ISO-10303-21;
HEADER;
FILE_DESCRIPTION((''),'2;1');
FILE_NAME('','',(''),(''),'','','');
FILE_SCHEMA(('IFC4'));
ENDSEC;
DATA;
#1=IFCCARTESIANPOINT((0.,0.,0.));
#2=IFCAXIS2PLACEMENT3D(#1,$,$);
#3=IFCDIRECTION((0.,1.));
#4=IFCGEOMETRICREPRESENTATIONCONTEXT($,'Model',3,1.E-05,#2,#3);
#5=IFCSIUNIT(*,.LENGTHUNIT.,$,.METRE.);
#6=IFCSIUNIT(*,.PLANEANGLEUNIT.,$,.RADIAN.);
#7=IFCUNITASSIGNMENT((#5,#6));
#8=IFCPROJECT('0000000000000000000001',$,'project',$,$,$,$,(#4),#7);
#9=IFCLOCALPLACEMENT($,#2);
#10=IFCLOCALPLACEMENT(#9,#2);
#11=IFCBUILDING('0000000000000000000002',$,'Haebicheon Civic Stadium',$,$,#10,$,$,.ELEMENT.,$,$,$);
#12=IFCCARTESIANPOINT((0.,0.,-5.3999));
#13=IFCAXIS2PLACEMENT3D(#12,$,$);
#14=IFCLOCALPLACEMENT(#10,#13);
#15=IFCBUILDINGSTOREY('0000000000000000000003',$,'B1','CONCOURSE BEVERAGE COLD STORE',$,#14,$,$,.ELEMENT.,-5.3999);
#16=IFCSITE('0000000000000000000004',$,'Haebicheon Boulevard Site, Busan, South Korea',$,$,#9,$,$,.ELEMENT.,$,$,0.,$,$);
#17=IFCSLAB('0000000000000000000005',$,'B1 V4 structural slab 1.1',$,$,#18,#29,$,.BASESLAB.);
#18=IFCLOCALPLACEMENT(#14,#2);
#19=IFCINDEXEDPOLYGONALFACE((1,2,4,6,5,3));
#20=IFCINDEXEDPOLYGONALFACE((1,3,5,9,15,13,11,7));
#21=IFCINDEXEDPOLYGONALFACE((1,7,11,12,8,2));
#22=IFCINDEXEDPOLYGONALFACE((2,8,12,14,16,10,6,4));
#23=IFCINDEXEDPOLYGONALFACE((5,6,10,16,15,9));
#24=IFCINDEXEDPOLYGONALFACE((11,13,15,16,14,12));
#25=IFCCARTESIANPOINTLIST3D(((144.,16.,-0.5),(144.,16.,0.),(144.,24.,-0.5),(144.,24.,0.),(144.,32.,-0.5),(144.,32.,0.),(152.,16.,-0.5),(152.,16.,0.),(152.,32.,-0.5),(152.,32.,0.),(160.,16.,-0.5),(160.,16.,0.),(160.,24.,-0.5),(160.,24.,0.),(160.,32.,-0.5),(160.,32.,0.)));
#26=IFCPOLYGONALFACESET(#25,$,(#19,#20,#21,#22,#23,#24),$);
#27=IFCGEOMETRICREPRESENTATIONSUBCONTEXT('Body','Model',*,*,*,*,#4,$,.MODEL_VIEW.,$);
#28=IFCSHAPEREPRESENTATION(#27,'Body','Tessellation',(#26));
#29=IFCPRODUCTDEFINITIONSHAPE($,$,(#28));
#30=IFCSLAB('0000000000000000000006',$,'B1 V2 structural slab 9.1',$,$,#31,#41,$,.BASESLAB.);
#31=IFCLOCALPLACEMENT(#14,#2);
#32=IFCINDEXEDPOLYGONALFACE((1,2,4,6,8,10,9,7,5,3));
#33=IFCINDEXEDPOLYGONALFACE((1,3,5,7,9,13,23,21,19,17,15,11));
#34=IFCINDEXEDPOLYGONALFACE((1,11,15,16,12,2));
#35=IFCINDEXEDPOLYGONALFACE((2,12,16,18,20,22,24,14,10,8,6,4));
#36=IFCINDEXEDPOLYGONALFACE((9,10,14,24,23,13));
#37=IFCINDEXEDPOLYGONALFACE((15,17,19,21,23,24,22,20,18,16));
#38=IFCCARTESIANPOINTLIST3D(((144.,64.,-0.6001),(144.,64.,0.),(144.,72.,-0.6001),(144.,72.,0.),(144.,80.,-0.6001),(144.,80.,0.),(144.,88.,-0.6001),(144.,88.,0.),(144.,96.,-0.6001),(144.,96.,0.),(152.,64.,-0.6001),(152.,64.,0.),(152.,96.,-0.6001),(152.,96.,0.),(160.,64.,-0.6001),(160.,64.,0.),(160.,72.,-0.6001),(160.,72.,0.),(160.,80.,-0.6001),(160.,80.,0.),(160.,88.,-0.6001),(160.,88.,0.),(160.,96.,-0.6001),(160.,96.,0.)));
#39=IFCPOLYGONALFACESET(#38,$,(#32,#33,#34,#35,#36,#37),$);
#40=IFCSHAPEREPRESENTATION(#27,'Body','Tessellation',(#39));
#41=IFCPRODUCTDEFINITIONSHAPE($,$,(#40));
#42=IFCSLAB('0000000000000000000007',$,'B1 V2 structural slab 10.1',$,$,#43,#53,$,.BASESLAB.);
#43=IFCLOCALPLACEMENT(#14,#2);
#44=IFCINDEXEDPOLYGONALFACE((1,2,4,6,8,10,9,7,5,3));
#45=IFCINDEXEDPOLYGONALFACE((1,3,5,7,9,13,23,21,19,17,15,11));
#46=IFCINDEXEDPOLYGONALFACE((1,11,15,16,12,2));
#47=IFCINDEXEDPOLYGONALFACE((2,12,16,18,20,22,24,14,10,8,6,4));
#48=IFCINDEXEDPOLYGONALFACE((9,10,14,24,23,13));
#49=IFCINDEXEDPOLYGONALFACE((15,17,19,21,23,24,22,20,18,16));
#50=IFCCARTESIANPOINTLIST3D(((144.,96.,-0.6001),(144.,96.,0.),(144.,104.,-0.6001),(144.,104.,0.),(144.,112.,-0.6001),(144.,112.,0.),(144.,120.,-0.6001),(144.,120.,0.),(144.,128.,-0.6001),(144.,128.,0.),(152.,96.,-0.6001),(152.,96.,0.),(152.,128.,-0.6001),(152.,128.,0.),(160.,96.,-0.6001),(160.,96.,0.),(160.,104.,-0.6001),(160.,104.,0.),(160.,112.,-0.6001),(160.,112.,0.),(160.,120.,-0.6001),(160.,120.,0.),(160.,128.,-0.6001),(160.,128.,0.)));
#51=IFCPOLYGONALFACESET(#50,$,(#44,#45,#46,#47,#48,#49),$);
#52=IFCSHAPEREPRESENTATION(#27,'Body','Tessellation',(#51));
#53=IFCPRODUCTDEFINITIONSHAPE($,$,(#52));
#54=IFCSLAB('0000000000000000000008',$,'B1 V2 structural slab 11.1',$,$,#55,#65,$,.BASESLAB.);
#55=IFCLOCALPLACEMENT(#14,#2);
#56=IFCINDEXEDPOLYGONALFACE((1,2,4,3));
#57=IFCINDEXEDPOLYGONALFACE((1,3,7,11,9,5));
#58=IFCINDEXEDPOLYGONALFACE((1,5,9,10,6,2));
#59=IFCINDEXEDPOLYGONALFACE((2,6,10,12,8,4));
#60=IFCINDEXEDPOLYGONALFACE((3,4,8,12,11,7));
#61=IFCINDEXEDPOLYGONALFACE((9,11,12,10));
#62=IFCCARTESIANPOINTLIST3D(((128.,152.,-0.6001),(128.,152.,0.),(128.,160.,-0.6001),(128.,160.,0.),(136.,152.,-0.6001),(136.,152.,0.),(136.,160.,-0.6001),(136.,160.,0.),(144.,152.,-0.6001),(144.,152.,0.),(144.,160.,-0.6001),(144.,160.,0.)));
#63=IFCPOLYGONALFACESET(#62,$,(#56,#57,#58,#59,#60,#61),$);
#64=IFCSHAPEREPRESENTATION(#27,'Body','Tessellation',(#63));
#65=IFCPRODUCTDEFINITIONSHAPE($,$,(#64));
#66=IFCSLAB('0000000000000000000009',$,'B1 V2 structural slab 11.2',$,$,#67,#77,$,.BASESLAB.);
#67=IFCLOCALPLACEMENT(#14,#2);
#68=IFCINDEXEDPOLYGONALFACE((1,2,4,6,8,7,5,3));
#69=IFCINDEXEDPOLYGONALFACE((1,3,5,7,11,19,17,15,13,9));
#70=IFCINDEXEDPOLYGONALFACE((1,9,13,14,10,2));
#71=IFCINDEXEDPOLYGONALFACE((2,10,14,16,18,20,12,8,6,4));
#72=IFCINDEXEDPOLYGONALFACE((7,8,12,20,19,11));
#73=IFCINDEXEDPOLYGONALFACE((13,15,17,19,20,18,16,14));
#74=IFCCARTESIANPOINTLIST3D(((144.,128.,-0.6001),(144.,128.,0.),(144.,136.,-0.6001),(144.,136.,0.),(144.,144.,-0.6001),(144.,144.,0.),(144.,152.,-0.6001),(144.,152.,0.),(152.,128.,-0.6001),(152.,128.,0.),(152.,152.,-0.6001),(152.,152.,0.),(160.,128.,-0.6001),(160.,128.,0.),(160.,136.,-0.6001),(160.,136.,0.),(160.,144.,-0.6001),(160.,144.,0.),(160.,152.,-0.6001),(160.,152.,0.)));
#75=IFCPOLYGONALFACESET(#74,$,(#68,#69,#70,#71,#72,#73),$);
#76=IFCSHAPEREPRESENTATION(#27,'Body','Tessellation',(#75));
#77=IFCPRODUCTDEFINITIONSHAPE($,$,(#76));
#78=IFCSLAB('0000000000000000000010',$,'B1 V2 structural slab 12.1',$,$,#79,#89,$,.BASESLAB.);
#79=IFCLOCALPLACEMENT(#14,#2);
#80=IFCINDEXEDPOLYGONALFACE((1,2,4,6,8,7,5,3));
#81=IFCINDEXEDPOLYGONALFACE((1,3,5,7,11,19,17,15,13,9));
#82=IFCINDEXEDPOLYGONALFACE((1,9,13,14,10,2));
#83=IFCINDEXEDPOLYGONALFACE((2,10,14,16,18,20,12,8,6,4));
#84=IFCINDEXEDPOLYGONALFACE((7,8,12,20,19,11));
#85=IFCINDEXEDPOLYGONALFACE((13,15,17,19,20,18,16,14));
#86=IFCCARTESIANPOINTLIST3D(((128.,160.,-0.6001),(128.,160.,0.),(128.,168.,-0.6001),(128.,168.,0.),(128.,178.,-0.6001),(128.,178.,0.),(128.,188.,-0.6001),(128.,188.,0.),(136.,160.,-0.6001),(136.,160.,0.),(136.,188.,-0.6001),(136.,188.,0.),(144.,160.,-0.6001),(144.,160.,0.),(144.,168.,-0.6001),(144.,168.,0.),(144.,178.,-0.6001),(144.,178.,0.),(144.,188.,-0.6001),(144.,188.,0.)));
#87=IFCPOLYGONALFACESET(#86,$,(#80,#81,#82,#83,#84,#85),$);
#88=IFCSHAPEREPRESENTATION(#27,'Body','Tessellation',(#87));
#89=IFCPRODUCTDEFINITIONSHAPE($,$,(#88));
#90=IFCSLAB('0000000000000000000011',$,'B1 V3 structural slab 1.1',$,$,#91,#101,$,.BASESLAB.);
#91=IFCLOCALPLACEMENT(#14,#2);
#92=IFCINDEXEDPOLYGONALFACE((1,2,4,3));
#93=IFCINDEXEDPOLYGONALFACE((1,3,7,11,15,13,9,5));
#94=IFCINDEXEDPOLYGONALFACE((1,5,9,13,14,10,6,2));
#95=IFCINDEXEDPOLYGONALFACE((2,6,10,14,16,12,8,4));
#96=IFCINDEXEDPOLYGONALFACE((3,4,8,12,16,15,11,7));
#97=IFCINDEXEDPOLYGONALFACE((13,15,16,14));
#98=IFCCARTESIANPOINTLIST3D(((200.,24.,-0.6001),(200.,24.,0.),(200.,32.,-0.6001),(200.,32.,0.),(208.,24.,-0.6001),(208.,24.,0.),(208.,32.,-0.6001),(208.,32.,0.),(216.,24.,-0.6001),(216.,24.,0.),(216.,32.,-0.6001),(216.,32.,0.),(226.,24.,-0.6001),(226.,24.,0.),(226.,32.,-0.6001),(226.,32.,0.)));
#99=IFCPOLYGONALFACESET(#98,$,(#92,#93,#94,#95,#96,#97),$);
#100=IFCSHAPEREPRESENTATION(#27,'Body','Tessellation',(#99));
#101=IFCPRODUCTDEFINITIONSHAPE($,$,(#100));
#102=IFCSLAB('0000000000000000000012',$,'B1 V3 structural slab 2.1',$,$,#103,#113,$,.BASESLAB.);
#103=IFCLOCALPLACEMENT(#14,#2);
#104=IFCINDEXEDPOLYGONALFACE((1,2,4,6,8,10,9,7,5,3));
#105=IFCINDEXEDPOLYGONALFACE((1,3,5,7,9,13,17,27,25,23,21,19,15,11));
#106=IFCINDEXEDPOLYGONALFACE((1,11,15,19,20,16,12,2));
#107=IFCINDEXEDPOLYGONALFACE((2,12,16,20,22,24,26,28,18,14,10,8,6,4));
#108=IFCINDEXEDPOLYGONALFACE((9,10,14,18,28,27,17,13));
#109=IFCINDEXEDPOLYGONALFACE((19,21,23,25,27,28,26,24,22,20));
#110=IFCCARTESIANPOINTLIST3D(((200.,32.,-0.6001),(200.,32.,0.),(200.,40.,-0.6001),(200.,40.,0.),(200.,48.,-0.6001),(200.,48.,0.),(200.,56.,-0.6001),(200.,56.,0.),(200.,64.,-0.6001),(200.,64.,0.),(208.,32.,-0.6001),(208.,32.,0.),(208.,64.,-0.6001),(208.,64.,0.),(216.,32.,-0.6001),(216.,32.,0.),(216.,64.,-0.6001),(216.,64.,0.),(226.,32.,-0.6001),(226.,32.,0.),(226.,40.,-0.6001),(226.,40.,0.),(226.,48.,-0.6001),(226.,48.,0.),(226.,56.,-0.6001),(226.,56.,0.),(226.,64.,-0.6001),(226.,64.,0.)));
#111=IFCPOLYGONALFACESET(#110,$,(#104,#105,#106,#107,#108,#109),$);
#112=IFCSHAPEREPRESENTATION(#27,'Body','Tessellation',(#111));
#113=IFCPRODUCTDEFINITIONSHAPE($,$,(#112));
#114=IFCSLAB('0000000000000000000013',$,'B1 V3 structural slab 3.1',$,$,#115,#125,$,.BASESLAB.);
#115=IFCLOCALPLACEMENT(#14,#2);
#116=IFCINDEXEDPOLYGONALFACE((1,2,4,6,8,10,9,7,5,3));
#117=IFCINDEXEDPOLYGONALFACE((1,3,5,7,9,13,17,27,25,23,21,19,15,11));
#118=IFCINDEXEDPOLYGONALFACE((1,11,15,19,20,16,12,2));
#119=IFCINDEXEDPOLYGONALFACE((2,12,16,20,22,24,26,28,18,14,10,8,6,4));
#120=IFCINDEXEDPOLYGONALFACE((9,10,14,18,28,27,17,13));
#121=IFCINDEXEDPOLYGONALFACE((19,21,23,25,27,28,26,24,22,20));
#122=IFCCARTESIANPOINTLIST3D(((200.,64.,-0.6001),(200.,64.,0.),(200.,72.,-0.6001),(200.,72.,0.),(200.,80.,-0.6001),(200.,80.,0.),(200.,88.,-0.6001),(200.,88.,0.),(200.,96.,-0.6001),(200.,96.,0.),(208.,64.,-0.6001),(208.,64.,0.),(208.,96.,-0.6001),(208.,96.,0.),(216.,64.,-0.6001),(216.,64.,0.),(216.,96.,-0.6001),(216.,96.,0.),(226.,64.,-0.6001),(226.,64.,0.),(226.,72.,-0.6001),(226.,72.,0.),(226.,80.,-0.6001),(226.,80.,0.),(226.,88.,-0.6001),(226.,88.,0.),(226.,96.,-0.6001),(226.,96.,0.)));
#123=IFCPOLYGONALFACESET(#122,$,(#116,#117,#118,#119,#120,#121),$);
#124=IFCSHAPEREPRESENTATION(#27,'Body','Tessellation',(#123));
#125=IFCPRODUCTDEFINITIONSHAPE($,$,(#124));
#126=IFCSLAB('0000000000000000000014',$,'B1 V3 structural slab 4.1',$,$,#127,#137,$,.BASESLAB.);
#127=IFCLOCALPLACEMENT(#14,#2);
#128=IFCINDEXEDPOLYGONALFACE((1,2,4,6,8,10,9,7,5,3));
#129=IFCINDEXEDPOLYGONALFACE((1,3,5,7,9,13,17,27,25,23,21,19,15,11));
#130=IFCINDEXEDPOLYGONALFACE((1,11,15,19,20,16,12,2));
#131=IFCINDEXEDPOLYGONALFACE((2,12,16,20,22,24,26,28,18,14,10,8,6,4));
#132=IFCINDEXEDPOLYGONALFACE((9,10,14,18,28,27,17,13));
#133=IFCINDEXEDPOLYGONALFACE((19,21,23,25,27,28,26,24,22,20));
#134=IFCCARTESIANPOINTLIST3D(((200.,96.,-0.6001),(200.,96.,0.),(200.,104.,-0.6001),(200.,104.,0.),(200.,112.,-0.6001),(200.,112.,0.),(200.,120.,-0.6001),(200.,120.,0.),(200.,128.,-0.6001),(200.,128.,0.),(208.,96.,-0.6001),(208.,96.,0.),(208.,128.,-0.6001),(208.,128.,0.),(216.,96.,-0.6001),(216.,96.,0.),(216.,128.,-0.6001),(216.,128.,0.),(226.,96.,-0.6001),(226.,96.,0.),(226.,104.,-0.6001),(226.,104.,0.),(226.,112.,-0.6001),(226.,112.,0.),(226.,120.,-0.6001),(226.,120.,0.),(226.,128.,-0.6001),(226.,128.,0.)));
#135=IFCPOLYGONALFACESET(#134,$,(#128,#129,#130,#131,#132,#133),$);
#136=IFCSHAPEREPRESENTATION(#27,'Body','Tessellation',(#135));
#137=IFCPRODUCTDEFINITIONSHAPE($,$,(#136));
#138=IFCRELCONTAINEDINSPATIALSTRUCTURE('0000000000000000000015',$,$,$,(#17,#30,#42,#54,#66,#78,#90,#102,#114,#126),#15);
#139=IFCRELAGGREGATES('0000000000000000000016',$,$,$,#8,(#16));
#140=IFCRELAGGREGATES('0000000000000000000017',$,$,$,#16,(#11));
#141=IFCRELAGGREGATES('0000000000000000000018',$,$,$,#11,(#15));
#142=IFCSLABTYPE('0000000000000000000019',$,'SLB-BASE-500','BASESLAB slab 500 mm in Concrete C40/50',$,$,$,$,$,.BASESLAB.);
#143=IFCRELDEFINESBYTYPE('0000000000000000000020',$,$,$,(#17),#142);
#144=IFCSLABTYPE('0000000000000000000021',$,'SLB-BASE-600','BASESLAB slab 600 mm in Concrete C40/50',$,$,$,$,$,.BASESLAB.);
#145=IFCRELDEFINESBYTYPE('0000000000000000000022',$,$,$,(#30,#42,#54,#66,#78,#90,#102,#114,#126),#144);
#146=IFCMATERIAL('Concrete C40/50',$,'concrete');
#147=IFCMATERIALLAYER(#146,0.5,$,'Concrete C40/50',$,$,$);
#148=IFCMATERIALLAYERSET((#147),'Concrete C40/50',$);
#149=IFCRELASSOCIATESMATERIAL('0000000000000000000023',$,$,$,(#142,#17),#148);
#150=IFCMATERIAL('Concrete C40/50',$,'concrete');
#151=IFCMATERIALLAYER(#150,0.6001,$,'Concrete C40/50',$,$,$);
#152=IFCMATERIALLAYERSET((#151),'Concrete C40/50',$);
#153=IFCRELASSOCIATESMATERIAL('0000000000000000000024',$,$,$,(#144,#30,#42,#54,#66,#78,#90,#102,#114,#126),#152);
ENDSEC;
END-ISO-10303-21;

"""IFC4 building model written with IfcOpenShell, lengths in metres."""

from ifc_helpers import new_model, si_unit, direction, frame, origin, place, context, subcontext, project, spatial, polyline, outline, extrude, material, layer, layer_set, type_object, element, save


model = new_model("IFC4")

# Units and contexts
model_context = context("Model", 3, precision=1e-05, world=origin(), true_north=direction((0.0, 1.0)))
body_context = subcontext(model_context, "Body", "Model", "MODEL_VIEW")
ifc_project = project(units=[si_unit("LENGTHUNIT", "METRE"), si_unit("PLANEANGLEUNIT", "RADIAN")], contexts=[model_context])

# Site, building, storey
site_placement = place(None, origin())
site = spatial("IfcSite", under=ifc_project, at=site_placement, Name="Haebicheon Boulevard Site, Busan, South Korea", CompositionType="ELEMENT", RefElevation=0.0)
building_placement = place(site_placement, origin())
building = spatial("IfcBuilding", under=site, at=building_placement, Name="Haebicheon Civic Stadium", CompositionType="ELEMENT")
storey_placement = place(building_placement, frame((0.0, 0.0, -5.3999)))
storey = spatial("IfcBuildingStorey", under=building, at=storey_placement, Name="B1", Description="CONCOURSE BEVERAGE COLD STORE", CompositionType="ELEMENT", Elevation=-5.3999)

# Slabs
ifc_material_1 = material(Name="Concrete C40/50", Category="concrete")
ifc_layer_1 = layer(ifc_material_1, 0.5, Name="Concrete C40/50")
ifc_layer_set_1 = layer_set([ifc_layer_1], Name="Concrete C40/50")
slab_type_1 = type_object("IfcSlabType", Name="SLB-BASE-500", Description="BASESLAB slab 500 mm in Concrete C40/50", PredefinedType="BASESLAB", material=ifc_layer_set_1)
slab_1_placement = place(storey_placement, frame((0.0, 0.0, -0.5)))
element("IfcSlab", 1, at=slab_1_placement, inside=storey, type_object=slab_type_1, material=ifc_layer_set_1, Name="B1 V4 structural slab 1.1", PredefinedType="BASESLAB", context=body_context, shape_type="SweptSolid", body=[
    extrude(outline(polyline([(144.0, 24.0), (144.0, 32.0), (152.0, 32.0), (160.0, 32.0), (160.0, 24.0), (160.0, 16.0), (152.0, 16.0), (144.0, 16.0), (144.0, 24.0)])), origin(), (0.0, 0.0, 1.0), 0.5),
])
ifc_material_2 = material(Name="Concrete C40/50", Category="concrete")
ifc_layer_2 = layer(ifc_material_2, 0.6001, Name="Concrete C40/50")
ifc_layer_set_2 = layer_set([ifc_layer_2], Name="Concrete C40/50")
slab_type_2 = type_object("IfcSlabType", Name="SLB-BASE-600", Description="BASESLAB slab 600 mm in Concrete C40/50", PredefinedType="BASESLAB", material=ifc_layer_set_2)
slab_2_placement = place(storey_placement, frame((0.0, 0.0, -0.6001)))
element("IfcSlab", 2, at=slab_2_placement, inside=storey, type_object=slab_type_2, material=ifc_layer_set_2, Name="B1 V2 structural slab 9.1", PredefinedType="BASESLAB", context=body_context, shape_type="SweptSolid", body=[
    extrude(outline(polyline([(144.0, 80.0), (144.0, 88.0), (144.0, 96.0), (152.0, 96.0), (160.0, 96.0), (160.0, 88.0), (160.0, 80.0), (160.0, 72.0), (160.0, 64.0), (152.0, 64.0), (144.0, 64.0), (144.0, 72.0), (144.0, 80.0)])), origin(), (0.0, 0.0, 1.0), 0.6001),
])
slab_3_placement = place(storey_placement, frame((0.0, 0.0, -0.6001)))
element("IfcSlab", 3, at=slab_3_placement, inside=storey, type_object=slab_type_2, material=ifc_layer_set_2, Name="B1 V2 structural slab 10.1", PredefinedType="BASESLAB", context=body_context, shape_type="SweptSolid", body=[
    extrude(outline(polyline([(144.0, 112.0), (144.0, 120.0), (144.0, 128.0), (152.0, 128.0), (160.0, 128.0), (160.0, 120.0), (160.0, 112.0), (160.0, 104.0), (160.0, 96.0), (152.0, 96.0), (144.0, 96.0), (144.0, 104.0), (144.0, 112.0)])), origin(), (0.0, 0.0, 1.0), 0.6001),
])
slab_4_placement = place(storey_placement, frame((0.0, 0.0, -0.6001)))
element("IfcSlab", 4, at=slab_4_placement, inside=storey, type_object=slab_type_2, material=ifc_layer_set_2, Name="B1 V2 structural slab 11.1", PredefinedType="BASESLAB", context=body_context, shape_type="SweptSolid", body=[
    extrude(outline(polyline([(136.0, 160.0), (144.0, 160.0), (144.0, 152.0), (136.0, 152.0), (128.0, 152.0), (128.0, 160.0), (136.0, 160.0)])), origin(), (0.0, 0.0, 1.0), 0.6001),
])
slab_5_placement = place(storey_placement, frame((0.0, 0.0, -0.6001)))
element("IfcSlab", 5, at=slab_5_placement, inside=storey, type_object=slab_type_2, material=ifc_layer_set_2, Name="B1 V2 structural slab 11.2", PredefinedType="BASESLAB", context=body_context, shape_type="SweptSolid", body=[
    extrude(outline(polyline([(144.0, 152.0), (152.0, 152.0), (160.0, 152.0), (160.0, 144.0), (160.0, 136.0), (160.0, 128.0), (152.0, 128.0), (144.0, 128.0), (144.0, 136.0), (144.0, 144.0), (144.0, 152.0)])), origin(), (0.0, 0.0, 1.0), 0.6001),
])
slab_6_placement = place(storey_placement, frame((0.0, 0.0, -0.6001)))
element("IfcSlab", 6, at=slab_6_placement, inside=storey, type_object=slab_type_2, material=ifc_layer_set_2, Name="B1 V2 structural slab 12.1", PredefinedType="BASESLAB", context=body_context, shape_type="SweptSolid", body=[
    extrude(outline(polyline([(128.0, 168.0), (128.0, 178.0), (128.0, 188.0), (136.0, 188.0), (144.0, 188.0), (144.0, 178.0), (144.0, 168.0), (144.0, 160.0), (136.0, 160.0), (128.0, 160.0), (128.0, 168.0)])), origin(), (0.0, 0.0, 1.0), 0.6001),
])
slab_7_placement = place(storey_placement, frame((0.0, 0.0, -0.6001)))
element("IfcSlab", 7, at=slab_7_placement, inside=storey, type_object=slab_type_2, material=ifc_layer_set_2, Name="B1 V3 structural slab 1.1", PredefinedType="BASESLAB", context=body_context, shape_type="SweptSolid", body=[
    extrude(outline(polyline([(200.0, 24.0), (200.0, 32.0), (208.0, 32.0), (216.0, 32.0), (226.0, 32.0), (226.0, 24.0), (216.0, 24.0), (208.0, 24.0), (200.0, 24.0)])), origin(), (0.0, 0.0, 1.0), 0.6001),
])
slab_8_placement = place(storey_placement, frame((0.0, 0.0, -0.6001)))
element("IfcSlab", 8, at=slab_8_placement, inside=storey, type_object=slab_type_2, material=ifc_layer_set_2, Name="B1 V3 structural slab 2.1", PredefinedType="BASESLAB", context=body_context, shape_type="SweptSolid", body=[
    extrude(outline(polyline([(200.0, 48.0), (200.0, 56.0), (200.0, 64.0), (208.0, 64.0), (216.0, 64.0), (226.0, 64.0), (226.0, 56.0), (226.0, 48.0), (226.0, 40.0), (226.0, 32.0), (216.0, 32.0), (208.0, 32.0), (200.0, 32.0), (200.0, 40.0), (200.0, 48.0)])), origin(), (0.0, 0.0, 1.0), 0.6001),
])
slab_9_placement = place(storey_placement, frame((0.0, 0.0, -0.6001)))
element("IfcSlab", 9, at=slab_9_placement, inside=storey, type_object=slab_type_2, material=ifc_layer_set_2, Name="B1 V3 structural slab 3.1", PredefinedType="BASESLAB", context=body_context, shape_type="SweptSolid", body=[
    extrude(outline(polyline([(200.0, 80.0), (200.0, 88.0), (200.0, 96.0), (208.0, 96.0), (216.0, 96.0), (226.0, 96.0), (226.0, 88.0), (226.0, 80.0), (226.0, 72.0), (226.0, 64.0), (216.0, 64.0), (208.0, 64.0), (200.0, 64.0), (200.0, 72.0), (200.0, 80.0)])), origin(), (0.0, 0.0, 1.0), 0.6001),
])
slab_10_placement = place(storey_placement, frame((0.0, 0.0, -0.6001)))
element("IfcSlab", 10, at=slab_10_placement, inside=storey, type_object=slab_type_2, material=ifc_layer_set_2, Name="B1 V3 structural slab 4.1", PredefinedType="BASESLAB", context=body_context, shape_type="SweptSolid", body=[
    extrude(outline(polyline([(200.0, 112.0), (200.0, 120.0), (200.0, 128.0), (208.0, 128.0), (216.0, 128.0), (226.0, 128.0), (226.0, 120.0), (226.0, 112.0), (226.0, 104.0), (226.0, 96.0), (216.0, 96.0), (208.0, 96.0), (200.0, 96.0), (200.0, 104.0), (200.0, 112.0)])), origin(), (0.0, 0.0, 1.0), 0.6001),
])

save(model, "model.ifc")
